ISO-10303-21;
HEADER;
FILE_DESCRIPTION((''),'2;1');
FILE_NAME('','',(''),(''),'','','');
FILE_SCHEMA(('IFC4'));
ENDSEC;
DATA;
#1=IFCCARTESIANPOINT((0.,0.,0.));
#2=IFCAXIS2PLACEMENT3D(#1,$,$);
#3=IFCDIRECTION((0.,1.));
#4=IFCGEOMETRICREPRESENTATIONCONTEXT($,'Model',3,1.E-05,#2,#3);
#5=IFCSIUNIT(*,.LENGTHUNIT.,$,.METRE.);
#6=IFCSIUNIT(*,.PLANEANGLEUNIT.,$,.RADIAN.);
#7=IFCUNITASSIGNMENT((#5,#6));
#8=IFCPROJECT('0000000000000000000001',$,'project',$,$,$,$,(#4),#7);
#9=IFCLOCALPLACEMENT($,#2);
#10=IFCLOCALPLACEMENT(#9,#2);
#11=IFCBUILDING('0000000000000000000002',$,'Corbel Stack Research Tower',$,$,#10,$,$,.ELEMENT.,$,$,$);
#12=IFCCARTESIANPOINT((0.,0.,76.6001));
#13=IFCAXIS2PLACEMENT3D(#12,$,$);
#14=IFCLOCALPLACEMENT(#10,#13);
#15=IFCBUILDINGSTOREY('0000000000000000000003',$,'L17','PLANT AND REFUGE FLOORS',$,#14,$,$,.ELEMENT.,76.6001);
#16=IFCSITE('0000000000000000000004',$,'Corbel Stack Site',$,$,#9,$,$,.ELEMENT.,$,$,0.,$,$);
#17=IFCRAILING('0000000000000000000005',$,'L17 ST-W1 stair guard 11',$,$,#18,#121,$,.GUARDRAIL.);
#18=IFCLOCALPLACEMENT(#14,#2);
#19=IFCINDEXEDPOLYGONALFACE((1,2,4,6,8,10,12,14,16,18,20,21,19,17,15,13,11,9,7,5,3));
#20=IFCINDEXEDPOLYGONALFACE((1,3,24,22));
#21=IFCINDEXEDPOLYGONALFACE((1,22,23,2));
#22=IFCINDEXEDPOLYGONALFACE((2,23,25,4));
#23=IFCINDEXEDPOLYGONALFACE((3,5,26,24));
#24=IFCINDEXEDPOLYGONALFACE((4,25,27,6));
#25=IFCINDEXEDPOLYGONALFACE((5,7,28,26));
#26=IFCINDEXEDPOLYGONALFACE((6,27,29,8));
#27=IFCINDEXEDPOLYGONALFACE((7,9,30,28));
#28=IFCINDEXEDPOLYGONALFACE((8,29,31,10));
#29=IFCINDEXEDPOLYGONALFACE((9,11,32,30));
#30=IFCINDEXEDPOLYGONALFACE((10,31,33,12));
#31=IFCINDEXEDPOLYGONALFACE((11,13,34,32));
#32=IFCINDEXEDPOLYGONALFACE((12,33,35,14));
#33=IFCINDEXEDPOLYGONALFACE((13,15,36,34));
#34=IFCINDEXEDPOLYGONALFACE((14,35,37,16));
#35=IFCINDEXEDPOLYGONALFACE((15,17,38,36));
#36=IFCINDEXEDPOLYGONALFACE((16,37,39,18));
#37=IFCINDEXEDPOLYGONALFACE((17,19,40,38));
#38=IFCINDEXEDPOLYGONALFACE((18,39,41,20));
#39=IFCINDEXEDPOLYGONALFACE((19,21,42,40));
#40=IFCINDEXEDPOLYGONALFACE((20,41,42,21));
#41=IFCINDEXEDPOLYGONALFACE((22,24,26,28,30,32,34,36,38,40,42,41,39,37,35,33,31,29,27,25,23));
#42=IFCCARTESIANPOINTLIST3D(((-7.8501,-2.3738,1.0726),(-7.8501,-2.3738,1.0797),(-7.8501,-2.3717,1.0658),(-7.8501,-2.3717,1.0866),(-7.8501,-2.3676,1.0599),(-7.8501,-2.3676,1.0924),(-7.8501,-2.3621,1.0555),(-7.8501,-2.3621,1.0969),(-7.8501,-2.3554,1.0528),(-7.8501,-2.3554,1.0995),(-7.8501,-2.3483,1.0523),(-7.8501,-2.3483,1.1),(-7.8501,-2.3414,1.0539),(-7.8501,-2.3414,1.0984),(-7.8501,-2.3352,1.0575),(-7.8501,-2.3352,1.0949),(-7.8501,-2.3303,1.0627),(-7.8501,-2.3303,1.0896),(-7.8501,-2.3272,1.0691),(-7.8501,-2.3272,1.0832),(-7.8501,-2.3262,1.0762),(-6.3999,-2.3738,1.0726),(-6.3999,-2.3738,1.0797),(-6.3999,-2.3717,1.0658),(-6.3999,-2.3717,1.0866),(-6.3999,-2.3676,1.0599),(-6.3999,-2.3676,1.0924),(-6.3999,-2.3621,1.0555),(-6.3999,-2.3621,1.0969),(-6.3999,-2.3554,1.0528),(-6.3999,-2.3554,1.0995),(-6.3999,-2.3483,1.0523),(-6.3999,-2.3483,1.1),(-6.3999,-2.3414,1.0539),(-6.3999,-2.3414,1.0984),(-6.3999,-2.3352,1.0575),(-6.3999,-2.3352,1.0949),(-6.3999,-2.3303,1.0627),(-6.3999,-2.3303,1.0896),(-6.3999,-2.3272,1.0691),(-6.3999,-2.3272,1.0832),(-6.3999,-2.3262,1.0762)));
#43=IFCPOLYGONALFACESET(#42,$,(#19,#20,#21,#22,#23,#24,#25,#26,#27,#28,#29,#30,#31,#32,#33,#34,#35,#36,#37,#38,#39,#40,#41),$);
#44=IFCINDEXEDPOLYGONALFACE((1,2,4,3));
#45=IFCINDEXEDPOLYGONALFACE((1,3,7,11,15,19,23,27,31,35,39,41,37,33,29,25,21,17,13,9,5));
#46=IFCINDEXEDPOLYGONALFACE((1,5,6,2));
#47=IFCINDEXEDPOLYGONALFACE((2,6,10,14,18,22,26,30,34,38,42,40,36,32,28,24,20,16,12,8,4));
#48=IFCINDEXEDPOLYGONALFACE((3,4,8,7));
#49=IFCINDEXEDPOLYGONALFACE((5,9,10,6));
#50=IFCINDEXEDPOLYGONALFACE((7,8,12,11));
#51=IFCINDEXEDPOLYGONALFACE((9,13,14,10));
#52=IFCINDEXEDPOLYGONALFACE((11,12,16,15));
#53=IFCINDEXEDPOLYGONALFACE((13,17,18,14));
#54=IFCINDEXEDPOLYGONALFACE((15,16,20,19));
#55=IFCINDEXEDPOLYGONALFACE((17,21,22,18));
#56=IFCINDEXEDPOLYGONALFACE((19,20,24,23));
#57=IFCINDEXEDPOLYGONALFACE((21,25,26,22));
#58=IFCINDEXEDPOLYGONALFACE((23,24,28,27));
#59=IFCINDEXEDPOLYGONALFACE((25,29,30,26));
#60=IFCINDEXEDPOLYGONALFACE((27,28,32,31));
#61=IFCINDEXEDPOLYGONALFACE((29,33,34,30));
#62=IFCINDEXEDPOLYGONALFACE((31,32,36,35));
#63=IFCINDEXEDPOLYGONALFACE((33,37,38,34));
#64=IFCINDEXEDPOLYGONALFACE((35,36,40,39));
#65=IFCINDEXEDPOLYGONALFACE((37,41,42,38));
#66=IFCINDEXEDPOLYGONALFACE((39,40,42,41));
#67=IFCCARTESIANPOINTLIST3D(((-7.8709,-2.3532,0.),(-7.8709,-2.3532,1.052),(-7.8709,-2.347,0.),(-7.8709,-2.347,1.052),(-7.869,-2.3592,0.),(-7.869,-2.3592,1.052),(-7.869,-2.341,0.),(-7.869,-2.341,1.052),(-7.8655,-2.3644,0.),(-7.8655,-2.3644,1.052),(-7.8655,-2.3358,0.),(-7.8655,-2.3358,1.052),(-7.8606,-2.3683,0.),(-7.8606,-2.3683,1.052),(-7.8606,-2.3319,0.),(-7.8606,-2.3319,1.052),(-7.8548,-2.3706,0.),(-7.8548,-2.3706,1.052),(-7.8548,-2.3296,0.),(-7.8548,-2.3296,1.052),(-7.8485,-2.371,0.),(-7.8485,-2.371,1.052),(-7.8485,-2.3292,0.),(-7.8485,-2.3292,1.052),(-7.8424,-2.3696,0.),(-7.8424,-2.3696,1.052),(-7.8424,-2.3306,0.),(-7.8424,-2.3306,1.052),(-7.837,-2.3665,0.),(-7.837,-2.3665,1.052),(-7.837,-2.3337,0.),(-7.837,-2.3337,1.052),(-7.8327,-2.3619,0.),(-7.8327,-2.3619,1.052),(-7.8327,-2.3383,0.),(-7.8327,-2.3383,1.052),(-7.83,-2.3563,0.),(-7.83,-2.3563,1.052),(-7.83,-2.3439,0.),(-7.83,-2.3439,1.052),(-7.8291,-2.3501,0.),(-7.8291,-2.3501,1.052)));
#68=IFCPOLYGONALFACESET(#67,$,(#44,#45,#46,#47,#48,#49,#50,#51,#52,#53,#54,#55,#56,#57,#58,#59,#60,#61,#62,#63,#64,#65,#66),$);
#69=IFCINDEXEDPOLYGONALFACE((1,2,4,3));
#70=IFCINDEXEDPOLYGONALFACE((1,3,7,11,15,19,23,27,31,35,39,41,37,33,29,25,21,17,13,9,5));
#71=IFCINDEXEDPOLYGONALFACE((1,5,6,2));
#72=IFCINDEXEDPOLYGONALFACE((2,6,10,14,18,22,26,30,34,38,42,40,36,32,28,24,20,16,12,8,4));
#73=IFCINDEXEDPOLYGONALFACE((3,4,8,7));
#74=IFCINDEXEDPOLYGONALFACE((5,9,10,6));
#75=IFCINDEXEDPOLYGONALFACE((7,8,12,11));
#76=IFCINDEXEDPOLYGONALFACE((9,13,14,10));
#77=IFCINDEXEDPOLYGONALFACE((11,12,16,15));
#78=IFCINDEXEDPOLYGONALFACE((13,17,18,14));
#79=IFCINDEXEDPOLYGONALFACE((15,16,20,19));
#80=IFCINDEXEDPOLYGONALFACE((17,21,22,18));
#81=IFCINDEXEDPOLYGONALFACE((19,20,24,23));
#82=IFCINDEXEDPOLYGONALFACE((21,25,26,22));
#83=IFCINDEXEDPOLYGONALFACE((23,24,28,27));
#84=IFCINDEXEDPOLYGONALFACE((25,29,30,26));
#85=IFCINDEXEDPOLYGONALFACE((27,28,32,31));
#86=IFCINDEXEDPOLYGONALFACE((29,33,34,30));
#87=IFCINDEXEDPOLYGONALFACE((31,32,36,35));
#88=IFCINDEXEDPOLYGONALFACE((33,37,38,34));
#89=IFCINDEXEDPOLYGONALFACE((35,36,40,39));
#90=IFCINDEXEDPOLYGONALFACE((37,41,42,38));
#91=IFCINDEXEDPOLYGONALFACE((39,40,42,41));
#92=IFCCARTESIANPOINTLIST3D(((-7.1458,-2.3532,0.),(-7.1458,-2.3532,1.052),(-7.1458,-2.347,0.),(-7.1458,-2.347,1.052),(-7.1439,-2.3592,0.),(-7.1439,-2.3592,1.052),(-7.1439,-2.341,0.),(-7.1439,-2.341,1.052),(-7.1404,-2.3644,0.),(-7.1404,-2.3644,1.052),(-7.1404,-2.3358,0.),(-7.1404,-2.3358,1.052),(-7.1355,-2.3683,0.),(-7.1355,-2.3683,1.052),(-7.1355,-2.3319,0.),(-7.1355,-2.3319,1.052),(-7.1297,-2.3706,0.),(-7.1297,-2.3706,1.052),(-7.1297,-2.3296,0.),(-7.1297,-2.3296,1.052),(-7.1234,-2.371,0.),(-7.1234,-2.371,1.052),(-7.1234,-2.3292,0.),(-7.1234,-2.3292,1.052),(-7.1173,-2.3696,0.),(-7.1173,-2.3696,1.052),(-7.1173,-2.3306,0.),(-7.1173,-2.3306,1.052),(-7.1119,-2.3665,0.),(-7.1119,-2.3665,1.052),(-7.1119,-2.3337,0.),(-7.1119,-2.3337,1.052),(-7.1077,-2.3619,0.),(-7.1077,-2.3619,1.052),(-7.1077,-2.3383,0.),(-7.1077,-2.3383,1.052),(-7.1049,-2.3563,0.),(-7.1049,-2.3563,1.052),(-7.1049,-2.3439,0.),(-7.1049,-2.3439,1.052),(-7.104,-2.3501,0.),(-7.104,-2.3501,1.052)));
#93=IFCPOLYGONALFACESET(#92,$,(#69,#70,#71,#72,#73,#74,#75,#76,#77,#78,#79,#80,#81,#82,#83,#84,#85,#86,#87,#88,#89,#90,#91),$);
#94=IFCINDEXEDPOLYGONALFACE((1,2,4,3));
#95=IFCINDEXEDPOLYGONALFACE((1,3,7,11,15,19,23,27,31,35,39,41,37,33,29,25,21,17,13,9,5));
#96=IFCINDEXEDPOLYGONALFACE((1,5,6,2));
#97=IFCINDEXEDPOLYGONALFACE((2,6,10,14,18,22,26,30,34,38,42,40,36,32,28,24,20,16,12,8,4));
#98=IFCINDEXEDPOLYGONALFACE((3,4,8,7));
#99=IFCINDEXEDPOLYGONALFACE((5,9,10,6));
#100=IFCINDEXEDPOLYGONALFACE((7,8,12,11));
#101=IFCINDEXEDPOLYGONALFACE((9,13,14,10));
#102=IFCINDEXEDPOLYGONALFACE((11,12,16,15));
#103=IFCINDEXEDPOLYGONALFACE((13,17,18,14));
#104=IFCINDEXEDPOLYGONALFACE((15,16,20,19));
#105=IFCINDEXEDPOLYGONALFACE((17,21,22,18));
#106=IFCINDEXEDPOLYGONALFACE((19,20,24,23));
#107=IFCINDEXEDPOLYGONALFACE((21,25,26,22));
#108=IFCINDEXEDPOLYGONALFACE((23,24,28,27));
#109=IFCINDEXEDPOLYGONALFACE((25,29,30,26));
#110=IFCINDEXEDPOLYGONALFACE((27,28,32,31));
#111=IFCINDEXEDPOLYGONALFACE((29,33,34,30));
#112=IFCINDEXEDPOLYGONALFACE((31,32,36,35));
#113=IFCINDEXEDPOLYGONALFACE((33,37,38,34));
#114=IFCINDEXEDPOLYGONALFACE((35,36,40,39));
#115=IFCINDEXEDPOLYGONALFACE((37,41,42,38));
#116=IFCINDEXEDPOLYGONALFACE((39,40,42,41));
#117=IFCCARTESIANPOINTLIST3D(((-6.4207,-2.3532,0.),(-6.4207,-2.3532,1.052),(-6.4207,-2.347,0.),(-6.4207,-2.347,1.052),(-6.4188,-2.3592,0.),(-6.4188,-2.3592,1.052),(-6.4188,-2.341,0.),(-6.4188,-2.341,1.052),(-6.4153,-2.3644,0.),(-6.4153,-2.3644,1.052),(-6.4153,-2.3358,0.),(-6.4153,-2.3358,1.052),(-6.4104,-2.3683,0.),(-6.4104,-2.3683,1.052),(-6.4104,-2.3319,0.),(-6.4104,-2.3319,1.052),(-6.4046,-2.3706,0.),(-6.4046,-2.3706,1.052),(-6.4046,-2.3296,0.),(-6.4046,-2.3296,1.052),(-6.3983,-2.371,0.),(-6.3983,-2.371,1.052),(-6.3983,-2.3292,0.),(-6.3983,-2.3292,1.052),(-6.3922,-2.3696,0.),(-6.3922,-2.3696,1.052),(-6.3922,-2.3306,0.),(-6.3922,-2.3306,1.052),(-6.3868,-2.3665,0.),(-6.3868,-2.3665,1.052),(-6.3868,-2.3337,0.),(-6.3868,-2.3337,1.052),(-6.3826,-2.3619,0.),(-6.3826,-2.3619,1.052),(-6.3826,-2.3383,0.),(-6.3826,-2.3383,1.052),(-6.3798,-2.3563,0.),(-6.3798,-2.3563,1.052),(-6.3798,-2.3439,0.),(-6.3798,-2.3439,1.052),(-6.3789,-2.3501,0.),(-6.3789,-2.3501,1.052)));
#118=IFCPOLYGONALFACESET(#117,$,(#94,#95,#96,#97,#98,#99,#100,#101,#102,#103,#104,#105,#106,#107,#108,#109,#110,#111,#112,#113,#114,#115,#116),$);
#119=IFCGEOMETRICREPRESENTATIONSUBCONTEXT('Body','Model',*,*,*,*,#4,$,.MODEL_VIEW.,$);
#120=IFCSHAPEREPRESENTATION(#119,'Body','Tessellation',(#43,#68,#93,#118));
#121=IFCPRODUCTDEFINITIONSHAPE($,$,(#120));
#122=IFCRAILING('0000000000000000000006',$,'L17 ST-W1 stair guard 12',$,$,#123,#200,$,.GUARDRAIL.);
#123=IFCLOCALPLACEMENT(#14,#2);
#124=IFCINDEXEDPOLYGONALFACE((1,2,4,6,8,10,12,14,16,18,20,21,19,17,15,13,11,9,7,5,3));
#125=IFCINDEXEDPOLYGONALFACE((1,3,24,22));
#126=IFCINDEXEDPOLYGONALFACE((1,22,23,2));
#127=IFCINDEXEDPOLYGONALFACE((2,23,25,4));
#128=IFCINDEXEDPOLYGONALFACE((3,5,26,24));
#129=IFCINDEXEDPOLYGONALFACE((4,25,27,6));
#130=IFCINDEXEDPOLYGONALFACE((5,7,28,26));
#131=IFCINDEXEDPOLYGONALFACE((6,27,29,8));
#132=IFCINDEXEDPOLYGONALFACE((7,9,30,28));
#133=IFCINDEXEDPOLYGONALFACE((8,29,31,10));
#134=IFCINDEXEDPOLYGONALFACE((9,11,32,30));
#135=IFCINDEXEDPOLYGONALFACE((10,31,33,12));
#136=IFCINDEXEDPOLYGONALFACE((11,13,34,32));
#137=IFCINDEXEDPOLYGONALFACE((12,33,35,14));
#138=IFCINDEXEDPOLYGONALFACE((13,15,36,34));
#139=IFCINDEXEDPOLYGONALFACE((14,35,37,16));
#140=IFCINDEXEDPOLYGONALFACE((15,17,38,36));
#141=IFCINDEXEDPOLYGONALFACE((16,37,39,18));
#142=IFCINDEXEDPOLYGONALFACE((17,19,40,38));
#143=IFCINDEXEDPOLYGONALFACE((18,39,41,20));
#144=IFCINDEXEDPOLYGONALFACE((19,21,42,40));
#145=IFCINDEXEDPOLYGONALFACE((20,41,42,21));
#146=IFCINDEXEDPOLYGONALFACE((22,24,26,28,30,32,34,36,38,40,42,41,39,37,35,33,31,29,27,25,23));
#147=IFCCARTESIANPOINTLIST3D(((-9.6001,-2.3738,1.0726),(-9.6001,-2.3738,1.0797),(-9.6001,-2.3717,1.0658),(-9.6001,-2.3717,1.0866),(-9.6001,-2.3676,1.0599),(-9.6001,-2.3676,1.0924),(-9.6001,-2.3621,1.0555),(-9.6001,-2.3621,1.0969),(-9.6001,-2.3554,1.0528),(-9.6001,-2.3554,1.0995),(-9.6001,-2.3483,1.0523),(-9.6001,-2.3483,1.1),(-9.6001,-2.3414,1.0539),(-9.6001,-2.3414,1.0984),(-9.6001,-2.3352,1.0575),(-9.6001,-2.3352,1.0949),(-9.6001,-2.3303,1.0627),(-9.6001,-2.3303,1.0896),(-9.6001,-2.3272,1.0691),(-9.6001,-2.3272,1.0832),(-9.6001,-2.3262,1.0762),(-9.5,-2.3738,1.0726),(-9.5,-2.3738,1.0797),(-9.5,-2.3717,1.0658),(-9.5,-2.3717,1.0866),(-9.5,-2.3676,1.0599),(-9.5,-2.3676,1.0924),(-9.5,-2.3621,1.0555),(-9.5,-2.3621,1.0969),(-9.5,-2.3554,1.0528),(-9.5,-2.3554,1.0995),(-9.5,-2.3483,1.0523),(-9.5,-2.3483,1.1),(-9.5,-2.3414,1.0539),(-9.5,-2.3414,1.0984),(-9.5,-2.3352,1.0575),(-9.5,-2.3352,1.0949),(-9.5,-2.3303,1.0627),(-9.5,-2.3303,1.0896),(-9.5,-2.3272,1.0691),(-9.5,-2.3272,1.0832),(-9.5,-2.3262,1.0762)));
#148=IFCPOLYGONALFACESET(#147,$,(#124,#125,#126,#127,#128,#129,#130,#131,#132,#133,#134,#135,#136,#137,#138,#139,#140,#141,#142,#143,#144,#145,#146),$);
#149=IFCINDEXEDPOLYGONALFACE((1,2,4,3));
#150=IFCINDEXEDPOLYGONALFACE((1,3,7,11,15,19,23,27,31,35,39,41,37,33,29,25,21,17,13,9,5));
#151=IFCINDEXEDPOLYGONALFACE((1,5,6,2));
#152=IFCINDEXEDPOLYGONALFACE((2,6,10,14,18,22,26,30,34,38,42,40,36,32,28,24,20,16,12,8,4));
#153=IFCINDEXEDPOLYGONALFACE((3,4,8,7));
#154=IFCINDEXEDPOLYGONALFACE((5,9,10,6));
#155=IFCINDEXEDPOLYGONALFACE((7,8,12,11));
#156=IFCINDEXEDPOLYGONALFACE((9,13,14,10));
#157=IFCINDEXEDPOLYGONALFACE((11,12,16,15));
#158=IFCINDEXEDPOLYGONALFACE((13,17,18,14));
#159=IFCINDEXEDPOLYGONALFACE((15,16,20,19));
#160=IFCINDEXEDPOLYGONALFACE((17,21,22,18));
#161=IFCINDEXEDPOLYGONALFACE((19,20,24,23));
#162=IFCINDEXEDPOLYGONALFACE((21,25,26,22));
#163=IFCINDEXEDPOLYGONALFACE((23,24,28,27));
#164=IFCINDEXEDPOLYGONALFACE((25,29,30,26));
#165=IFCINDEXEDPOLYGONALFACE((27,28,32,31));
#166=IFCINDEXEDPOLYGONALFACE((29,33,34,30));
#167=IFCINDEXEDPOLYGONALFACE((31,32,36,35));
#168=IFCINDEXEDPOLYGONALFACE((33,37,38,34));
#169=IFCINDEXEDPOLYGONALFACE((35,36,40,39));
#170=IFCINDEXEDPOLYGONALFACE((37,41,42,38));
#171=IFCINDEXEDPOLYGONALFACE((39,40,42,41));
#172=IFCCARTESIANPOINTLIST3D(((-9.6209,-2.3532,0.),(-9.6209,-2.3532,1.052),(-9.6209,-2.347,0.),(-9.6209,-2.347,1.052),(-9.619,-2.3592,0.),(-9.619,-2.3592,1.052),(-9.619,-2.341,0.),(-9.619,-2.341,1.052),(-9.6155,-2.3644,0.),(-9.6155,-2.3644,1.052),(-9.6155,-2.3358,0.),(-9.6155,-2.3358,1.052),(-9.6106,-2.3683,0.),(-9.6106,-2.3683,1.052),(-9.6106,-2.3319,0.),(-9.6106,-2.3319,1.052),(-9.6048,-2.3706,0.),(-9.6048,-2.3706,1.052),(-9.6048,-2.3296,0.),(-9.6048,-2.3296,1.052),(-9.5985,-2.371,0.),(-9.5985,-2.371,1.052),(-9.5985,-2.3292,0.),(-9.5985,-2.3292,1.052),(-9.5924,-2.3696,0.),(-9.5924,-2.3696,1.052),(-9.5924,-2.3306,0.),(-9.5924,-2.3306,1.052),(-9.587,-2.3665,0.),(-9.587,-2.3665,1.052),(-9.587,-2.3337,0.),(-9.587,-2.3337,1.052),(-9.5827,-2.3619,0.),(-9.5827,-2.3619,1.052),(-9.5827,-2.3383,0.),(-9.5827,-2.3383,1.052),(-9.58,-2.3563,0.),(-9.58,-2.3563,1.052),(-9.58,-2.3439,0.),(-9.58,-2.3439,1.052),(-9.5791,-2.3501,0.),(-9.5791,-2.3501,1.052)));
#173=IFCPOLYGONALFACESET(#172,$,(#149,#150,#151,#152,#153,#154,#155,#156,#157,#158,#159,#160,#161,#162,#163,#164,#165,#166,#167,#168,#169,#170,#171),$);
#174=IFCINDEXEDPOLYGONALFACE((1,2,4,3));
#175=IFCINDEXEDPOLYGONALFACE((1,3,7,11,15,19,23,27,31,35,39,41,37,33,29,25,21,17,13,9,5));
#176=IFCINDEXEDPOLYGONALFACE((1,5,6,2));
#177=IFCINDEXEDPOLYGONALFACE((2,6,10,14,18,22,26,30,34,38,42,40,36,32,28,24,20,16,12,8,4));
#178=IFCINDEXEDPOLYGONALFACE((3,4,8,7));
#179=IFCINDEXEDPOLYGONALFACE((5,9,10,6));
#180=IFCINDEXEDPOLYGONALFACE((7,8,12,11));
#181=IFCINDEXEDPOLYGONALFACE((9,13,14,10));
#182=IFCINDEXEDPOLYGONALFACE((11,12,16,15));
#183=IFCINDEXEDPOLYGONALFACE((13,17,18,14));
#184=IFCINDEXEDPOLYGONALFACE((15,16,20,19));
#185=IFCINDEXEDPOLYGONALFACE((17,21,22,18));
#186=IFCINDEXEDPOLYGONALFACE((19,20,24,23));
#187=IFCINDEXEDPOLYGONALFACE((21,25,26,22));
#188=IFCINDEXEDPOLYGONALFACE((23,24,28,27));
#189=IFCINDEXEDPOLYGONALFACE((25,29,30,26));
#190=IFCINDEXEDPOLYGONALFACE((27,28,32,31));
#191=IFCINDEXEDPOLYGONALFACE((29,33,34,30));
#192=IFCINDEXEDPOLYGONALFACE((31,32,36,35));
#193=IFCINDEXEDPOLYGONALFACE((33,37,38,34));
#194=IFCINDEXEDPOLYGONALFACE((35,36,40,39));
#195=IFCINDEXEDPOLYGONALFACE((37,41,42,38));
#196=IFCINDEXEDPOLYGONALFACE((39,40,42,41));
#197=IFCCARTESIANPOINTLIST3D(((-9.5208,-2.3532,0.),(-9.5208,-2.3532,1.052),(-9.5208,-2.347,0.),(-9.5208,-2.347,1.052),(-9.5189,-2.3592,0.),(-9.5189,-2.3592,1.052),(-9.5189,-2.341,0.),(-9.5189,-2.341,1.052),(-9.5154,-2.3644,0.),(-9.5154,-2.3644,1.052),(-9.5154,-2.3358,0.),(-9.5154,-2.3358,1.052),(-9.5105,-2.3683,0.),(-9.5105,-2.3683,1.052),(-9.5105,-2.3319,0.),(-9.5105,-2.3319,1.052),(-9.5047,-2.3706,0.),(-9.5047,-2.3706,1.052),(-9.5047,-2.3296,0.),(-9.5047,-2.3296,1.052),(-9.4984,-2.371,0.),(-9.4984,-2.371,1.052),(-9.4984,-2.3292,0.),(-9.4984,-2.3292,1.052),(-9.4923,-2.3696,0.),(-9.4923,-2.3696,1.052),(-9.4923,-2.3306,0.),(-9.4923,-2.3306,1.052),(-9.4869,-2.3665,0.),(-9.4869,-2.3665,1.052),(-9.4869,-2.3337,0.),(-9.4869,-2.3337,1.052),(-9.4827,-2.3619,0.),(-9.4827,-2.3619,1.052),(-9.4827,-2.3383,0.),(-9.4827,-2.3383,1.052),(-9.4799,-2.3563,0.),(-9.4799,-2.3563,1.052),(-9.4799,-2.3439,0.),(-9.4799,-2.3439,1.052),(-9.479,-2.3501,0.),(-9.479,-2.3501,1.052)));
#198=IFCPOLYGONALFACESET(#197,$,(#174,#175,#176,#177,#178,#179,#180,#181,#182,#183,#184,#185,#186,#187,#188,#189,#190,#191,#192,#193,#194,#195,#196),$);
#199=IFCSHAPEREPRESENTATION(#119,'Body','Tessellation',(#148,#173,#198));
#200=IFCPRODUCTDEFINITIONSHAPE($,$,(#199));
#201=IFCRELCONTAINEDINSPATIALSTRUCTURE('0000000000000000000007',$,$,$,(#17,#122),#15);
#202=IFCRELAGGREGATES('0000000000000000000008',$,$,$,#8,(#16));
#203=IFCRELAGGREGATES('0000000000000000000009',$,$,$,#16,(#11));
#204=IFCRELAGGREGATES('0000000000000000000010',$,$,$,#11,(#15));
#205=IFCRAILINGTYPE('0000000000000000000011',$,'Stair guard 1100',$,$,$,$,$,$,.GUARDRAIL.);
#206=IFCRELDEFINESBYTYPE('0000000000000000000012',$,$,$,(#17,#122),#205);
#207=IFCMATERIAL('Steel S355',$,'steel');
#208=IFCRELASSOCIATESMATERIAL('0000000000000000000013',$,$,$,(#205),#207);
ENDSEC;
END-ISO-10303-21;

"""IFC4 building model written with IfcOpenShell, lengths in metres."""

from ifc_helpers import new_model, si_unit, direction, frame, origin, origin_2d, place, context, subcontext, project, spatial, circle, extrude, material, type_object, element, save


model = new_model("IFC4")

# Units and contexts
model_context = context("Model", 3, precision=1e-05, world=origin(), true_north=direction((0.0, 1.0)))
body_context = subcontext(model_context, "Body", "Model", "MODEL_VIEW")
ifc_project = project(units=[si_unit("LENGTHUNIT", "METRE"), si_unit("PLANEANGLEUNIT", "RADIAN")], contexts=[model_context])

# Site, building, storey
site_placement = place(None, origin())
site = spatial("IfcSite", under=ifc_project, at=site_placement, Name="Corbel Stack Site", CompositionType="ELEMENT", RefElevation=0.0)
building_placement = place(site_placement, origin())
building = spatial("IfcBuilding", under=site, at=building_placement, Name="Corbel Stack Research Tower", CompositionType="ELEMENT")
storey_placement = place(building_placement, frame((0.0, 0.0, 76.6001)))
storey = spatial("IfcBuildingStorey", under=building, at=storey_placement, Name="L17", Description="PLANT AND REFUGE FLOORS", CompositionType="ELEMENT", Elevation=76.6001)

# Railings
ifc_material_1 = material(Name="Steel S355", Category="steel")
railing_type_1 = type_object("IfcRailingType", Name="Stair guard 1100", PredefinedType="GUARDRAIL", material=ifc_material_1)
railing_1_placement = place(storey_placement, frame((-7.8501, -2.3501, 0.0)))
element("IfcRailing", 1, at=railing_1_placement, inside=storey, type_object=railing_type_1, Name="L17 ST-W1 stair guard 11", PredefinedType="GUARDRAIL", context=body_context, shape_type="SweptSolid", body=[
    extrude(circle(Radius=0.0239, at=origin_2d()), frame((0.0, 0.0, 1.0762), z_axis=(1.0, 0.0, 0.0), x_axis=(0.0, 1.0, 0.0)), (0.0, 0.0, 1.0), 1.4502),
    extrude(circle(Radius=0.021, at=origin_2d()), origin(), (0.0, 0.0, 1.0), 1.052),
    extrude(circle(Radius=0.021, at=origin_2d()), frame((0.7251, 0.0, 0.0)), (0.0, 0.0, 1.0), 1.052),
    extrude(circle(Radius=0.021, at=origin_2d()), frame((1.4502, 0.0, 0.0)), (0.0, 0.0, 1.0), 1.052),
])
railing_2_placement = place(storey_placement, frame((-9.6001, -2.3501, 0.0)))
element("IfcRailing", 2, at=railing_2_placement, inside=storey, type_object=railing_type_1, Name="L17 ST-W1 stair guard 12", PredefinedType="GUARDRAIL", context=body_context, shape_type="SweptSolid", body=[
    extrude(circle(Radius=0.0239, at=origin_2d()), frame((0.0, 0.0, 1.0762), z_axis=(1.0, 0.0, 0.0), x_axis=(0.0, 1.0, 0.0)), (0.0, 0.0, 1.0), 0.1001),
    extrude(circle(Radius=0.021, at=origin_2d()), origin(), (0.0, 0.0, 1.0), 1.052),
    extrude(circle(Radius=0.021, at=origin_2d()), frame((0.1001, 0.0, 0.0)), (0.0, 0.0, 1.0), 1.052),
])

save(model, "model.ifc")
